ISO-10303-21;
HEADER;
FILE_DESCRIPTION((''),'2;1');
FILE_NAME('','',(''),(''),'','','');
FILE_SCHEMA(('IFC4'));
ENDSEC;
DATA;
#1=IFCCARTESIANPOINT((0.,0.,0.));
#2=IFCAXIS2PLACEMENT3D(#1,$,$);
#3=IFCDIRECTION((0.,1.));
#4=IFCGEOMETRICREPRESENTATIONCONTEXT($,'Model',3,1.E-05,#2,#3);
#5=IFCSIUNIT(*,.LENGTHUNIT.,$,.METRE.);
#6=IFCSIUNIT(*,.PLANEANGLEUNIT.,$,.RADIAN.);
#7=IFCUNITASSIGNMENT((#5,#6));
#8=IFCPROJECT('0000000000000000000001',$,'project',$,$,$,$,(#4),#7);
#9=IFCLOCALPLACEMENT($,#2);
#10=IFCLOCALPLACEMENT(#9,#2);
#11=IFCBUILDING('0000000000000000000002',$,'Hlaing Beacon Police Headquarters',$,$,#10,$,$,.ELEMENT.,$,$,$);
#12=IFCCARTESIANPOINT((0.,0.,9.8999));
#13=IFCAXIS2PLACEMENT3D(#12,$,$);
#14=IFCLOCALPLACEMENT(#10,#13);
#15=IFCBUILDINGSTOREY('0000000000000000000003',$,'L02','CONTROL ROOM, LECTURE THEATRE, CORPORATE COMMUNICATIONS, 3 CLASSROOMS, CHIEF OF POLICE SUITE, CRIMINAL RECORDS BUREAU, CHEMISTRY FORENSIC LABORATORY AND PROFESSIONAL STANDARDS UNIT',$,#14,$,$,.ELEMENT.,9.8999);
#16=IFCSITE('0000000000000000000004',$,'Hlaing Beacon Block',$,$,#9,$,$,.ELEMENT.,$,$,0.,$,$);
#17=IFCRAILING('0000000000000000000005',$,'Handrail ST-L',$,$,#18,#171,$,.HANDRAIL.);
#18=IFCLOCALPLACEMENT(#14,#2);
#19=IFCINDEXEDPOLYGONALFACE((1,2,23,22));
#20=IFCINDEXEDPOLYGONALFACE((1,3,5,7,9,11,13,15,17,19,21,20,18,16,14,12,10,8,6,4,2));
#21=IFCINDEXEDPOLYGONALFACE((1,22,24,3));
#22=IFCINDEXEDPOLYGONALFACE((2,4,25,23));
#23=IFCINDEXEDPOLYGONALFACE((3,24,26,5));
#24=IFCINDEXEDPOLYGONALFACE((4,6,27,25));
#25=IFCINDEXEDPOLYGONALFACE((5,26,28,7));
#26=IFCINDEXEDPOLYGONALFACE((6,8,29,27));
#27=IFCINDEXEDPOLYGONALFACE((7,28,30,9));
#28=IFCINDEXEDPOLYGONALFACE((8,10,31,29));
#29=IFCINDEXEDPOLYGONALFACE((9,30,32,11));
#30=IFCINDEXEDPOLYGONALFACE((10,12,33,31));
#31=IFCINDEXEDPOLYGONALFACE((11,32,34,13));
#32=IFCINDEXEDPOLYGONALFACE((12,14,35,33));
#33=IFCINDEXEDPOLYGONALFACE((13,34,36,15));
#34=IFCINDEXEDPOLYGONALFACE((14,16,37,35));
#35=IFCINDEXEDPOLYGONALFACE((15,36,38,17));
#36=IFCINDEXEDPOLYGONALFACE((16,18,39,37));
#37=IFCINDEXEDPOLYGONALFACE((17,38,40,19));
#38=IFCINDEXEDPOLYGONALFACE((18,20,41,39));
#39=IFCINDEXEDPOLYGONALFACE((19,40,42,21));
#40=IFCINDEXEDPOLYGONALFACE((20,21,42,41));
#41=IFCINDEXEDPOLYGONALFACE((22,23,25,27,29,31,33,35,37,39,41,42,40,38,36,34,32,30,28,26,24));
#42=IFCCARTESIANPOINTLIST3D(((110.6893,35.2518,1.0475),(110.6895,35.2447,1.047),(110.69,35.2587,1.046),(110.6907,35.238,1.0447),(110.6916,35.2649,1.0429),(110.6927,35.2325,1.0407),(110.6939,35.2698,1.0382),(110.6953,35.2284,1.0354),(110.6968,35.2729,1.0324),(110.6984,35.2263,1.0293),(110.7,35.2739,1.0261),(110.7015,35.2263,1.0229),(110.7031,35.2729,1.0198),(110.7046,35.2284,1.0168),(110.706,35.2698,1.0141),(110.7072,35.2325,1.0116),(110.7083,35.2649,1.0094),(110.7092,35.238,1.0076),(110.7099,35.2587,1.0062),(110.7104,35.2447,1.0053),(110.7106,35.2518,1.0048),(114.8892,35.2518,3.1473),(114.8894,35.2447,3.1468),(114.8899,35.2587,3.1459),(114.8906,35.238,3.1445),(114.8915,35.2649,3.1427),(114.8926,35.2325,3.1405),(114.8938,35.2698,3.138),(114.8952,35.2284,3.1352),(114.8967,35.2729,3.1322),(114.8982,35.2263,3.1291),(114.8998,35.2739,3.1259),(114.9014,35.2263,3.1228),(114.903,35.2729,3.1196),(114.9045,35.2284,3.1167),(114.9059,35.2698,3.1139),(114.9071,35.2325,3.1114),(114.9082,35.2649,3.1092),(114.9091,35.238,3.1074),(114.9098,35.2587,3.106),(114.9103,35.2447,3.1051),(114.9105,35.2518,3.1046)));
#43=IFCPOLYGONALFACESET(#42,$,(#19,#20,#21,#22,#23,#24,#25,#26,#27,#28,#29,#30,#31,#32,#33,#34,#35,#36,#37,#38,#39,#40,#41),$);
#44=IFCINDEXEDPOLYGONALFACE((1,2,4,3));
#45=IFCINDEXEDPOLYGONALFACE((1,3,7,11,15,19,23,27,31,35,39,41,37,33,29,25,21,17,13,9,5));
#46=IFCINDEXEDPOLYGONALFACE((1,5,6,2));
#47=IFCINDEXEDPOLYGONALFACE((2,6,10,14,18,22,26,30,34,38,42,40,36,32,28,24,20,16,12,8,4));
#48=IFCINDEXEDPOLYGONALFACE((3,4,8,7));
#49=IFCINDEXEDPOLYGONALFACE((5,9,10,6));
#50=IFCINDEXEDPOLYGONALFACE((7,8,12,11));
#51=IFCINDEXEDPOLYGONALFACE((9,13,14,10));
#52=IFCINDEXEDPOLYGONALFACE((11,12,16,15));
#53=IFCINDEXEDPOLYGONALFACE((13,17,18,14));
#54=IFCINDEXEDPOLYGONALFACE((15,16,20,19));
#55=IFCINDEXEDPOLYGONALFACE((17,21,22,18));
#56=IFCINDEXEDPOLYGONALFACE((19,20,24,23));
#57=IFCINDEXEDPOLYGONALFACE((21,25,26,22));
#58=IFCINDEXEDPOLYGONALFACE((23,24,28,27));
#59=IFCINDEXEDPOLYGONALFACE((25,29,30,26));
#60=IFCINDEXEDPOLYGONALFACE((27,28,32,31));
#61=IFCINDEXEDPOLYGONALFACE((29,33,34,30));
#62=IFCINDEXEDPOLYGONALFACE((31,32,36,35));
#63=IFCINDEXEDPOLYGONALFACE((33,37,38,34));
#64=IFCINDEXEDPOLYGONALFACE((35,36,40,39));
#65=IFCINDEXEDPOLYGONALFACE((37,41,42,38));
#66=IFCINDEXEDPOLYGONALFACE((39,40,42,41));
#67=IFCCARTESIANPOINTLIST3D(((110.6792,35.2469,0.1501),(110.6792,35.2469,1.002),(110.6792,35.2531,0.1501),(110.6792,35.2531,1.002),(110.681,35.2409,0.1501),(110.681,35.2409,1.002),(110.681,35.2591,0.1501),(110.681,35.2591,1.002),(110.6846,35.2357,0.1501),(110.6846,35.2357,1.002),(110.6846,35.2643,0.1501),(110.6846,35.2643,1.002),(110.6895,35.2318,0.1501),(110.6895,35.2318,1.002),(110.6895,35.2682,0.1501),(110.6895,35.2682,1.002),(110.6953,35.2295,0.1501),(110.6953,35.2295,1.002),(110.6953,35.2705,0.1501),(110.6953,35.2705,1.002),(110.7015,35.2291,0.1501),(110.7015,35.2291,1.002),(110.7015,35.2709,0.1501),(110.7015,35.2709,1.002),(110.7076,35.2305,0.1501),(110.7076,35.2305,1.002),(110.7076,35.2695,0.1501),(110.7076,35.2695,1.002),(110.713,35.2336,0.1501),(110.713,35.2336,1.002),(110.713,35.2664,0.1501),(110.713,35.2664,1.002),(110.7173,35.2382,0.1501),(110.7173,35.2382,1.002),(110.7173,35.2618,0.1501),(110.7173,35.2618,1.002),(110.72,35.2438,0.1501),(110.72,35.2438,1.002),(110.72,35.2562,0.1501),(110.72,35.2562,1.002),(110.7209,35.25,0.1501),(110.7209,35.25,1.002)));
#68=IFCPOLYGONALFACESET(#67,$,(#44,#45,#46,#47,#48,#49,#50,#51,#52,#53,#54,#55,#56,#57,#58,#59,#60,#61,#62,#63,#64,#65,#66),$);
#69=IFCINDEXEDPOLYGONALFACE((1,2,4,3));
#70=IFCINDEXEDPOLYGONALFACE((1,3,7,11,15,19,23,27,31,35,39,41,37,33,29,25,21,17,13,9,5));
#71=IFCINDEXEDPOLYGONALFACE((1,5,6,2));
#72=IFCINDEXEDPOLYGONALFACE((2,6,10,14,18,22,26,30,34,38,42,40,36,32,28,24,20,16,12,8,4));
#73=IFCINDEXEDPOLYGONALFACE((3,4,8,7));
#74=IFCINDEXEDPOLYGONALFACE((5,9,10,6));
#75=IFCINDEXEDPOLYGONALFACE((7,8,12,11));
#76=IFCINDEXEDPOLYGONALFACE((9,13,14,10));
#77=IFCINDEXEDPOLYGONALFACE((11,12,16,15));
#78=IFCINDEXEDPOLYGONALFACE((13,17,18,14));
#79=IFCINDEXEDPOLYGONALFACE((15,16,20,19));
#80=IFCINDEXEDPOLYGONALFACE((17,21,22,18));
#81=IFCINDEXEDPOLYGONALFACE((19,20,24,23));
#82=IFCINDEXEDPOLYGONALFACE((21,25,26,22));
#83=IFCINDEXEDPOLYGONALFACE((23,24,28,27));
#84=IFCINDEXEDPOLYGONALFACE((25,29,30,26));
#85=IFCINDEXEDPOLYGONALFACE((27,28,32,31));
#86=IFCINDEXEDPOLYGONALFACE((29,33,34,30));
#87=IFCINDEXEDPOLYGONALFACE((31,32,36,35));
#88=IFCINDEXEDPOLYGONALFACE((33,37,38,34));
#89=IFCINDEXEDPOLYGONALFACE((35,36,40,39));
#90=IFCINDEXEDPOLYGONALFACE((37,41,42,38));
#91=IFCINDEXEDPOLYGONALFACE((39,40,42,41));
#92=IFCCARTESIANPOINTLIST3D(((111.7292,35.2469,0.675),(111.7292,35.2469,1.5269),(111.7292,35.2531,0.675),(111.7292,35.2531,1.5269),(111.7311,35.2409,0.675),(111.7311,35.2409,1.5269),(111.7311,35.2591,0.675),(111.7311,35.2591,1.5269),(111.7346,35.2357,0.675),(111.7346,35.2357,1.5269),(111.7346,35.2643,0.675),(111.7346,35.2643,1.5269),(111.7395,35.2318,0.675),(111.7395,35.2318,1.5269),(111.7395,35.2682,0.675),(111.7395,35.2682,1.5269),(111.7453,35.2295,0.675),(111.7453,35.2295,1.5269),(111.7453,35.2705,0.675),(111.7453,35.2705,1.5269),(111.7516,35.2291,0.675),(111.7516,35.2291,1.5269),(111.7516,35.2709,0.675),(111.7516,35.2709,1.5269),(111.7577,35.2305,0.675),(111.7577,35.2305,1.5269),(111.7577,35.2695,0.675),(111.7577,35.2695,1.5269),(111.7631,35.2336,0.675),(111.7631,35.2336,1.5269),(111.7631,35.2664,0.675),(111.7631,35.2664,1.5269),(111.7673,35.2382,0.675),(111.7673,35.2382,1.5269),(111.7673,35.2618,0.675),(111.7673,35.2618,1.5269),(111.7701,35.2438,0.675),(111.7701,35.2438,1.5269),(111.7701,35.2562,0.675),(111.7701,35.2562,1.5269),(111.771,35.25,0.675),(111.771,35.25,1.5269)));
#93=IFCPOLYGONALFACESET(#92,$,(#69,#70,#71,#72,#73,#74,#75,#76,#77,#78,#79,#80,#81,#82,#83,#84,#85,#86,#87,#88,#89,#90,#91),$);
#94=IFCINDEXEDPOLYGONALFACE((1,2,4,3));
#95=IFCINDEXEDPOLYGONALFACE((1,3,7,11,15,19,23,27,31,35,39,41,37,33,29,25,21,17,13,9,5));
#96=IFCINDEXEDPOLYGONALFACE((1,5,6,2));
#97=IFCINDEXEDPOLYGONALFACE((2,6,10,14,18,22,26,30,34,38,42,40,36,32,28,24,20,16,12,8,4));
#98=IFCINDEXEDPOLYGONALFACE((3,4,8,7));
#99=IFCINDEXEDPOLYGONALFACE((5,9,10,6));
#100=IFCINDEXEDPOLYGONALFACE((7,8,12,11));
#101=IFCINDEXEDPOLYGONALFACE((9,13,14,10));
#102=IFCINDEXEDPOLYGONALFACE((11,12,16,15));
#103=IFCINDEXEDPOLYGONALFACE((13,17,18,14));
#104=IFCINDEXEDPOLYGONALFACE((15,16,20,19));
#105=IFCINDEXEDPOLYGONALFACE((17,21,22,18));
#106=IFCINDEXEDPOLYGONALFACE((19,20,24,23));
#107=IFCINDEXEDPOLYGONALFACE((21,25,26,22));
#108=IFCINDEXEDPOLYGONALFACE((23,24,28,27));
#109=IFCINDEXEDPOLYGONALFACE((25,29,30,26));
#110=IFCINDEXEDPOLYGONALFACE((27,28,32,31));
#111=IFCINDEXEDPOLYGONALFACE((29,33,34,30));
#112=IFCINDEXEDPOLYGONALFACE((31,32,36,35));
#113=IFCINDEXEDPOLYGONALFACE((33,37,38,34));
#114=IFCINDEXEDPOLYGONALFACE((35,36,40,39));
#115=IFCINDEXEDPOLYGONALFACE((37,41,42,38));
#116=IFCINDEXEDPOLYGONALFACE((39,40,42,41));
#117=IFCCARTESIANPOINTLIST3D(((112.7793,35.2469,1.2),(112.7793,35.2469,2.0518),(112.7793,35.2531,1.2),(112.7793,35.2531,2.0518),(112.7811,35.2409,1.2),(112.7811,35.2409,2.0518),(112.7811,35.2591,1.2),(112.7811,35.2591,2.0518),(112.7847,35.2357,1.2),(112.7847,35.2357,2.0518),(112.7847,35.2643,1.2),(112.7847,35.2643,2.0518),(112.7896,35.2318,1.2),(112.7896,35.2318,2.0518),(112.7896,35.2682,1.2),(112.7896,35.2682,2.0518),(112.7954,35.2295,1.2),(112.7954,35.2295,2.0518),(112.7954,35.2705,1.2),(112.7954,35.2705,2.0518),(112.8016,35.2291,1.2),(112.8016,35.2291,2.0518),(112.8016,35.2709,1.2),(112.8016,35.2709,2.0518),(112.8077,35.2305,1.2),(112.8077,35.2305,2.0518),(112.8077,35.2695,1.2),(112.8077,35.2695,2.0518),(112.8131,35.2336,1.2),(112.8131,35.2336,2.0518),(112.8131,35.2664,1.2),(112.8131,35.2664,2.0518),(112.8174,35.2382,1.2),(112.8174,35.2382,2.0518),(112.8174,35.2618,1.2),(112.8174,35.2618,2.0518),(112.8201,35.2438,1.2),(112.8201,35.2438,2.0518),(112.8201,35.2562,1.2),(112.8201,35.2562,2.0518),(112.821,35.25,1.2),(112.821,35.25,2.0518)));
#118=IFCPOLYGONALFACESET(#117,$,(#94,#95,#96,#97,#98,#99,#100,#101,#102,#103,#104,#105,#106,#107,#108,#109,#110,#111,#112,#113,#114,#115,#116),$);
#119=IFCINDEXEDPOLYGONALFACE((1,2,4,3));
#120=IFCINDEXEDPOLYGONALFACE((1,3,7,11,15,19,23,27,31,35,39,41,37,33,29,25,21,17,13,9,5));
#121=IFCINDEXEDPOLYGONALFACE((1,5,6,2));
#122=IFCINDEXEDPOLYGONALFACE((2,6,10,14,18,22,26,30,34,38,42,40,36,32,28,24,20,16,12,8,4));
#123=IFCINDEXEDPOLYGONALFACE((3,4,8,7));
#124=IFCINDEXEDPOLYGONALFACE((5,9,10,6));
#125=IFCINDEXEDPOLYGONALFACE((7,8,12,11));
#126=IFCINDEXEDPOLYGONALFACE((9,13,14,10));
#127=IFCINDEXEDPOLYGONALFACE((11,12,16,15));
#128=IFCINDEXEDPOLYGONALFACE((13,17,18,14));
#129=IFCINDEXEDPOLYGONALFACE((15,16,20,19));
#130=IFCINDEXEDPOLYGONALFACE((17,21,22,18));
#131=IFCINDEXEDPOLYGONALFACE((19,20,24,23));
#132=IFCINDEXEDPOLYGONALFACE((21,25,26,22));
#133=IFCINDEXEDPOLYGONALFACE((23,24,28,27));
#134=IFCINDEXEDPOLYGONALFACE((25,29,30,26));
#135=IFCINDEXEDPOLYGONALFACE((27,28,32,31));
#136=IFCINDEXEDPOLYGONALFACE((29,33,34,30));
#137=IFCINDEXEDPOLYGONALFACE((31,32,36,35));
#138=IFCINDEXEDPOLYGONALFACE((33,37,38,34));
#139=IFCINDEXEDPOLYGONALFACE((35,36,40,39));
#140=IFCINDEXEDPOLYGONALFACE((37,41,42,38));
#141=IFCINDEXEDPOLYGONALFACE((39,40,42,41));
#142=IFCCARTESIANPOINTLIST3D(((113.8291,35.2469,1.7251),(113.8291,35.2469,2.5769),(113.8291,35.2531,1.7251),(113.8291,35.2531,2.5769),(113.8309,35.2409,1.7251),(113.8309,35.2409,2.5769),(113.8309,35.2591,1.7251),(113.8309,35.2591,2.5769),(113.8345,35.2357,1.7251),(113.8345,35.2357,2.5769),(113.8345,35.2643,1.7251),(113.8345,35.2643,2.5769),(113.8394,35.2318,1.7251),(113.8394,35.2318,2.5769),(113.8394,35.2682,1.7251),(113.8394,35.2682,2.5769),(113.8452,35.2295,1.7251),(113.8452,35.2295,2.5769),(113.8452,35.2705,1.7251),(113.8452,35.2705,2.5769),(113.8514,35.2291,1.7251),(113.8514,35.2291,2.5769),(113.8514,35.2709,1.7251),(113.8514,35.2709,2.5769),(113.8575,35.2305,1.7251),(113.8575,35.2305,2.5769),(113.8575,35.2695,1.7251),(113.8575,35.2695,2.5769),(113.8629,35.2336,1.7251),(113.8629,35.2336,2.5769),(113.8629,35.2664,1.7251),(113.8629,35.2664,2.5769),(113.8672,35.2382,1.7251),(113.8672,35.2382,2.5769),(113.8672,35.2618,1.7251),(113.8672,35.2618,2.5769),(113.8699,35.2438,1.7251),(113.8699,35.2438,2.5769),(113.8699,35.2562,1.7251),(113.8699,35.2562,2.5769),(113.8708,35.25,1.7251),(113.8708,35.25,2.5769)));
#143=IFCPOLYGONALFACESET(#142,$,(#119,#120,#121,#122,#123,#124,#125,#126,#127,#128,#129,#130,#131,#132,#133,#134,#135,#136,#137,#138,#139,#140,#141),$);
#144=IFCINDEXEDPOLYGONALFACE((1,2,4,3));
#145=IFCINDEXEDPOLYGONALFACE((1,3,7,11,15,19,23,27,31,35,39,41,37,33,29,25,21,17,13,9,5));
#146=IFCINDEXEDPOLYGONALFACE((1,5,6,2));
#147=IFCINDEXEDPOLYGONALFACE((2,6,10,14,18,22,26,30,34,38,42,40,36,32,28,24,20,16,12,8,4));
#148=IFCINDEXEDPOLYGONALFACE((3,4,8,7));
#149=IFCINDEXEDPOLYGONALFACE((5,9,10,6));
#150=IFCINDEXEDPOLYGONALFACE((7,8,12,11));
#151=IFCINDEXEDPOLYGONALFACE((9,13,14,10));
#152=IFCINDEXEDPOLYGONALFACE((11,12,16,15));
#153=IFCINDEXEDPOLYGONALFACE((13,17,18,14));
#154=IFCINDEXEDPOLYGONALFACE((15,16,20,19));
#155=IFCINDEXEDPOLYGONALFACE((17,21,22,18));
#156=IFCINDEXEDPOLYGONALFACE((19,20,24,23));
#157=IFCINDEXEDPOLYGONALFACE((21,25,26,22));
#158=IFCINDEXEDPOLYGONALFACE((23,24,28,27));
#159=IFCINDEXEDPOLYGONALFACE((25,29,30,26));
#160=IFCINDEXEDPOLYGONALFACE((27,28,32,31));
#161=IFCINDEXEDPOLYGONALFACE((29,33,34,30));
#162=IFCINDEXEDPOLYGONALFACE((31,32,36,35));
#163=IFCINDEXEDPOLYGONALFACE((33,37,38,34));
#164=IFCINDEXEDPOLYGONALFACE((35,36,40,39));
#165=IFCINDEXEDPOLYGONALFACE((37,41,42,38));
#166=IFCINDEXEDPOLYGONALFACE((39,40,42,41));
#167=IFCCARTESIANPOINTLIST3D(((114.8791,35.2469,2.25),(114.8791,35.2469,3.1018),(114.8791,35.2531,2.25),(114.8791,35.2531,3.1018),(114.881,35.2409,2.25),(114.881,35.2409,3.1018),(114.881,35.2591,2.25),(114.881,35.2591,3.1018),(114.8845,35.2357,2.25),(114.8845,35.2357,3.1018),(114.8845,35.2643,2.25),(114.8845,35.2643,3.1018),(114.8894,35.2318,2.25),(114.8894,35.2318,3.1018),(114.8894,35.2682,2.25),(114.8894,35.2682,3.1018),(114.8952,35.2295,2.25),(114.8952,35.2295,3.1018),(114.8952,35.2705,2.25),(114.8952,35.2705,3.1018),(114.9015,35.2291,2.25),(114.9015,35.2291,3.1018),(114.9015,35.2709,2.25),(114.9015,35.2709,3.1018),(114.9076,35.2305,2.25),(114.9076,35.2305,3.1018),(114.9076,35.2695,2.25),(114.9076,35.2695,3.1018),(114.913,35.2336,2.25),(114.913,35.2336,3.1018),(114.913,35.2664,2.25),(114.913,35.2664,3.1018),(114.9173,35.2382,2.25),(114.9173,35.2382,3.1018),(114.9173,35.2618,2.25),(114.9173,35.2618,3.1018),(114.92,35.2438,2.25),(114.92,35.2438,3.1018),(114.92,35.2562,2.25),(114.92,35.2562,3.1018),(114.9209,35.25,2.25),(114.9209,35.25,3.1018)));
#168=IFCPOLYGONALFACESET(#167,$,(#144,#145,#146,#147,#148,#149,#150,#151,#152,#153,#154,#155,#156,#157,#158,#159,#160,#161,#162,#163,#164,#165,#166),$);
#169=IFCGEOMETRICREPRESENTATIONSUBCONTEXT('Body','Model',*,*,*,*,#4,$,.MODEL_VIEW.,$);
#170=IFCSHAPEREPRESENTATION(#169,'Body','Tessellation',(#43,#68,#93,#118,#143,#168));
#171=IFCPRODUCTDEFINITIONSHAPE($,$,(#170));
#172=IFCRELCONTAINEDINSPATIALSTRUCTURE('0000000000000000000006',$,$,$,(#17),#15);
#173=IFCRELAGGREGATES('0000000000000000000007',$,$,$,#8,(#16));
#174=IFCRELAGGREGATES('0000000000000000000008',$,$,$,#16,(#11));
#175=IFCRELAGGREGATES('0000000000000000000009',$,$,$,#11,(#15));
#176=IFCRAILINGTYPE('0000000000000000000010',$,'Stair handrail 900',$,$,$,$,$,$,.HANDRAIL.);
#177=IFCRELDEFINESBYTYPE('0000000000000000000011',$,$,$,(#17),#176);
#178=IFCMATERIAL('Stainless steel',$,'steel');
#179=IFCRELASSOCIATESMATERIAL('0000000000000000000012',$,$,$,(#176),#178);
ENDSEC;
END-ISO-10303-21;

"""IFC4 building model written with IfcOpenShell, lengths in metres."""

from ifc_helpers import new_model, si_unit, direction, frame, origin, origin_2d, place, context, subcontext, project, spatial, circle, extrude, material, type_object, element, save


model = new_model("IFC4")

# Units and contexts
model_context = context("Model", 3, precision=1e-05, world=origin(), true_north=direction((0.0, 1.0)))
body_context = subcontext(model_context, "Body", "Model", "MODEL_VIEW")
ifc_project = project(units=[si_unit("LENGTHUNIT", "METRE"), si_unit("PLANEANGLEUNIT", "RADIAN")], contexts=[model_context])

# Site, building, storey
site_placement = place(None, origin())
site = spatial("IfcSite", under=ifc_project, at=site_placement, Name="Hlaing Beacon Block", CompositionType="ELEMENT", RefElevation=0.0)
building_placement = place(site_placement, origin())
building = spatial("IfcBuilding", under=site, at=building_placement, Name="Hlaing Beacon Police Headquarters", CompositionType="ELEMENT")
storey_placement = place(building_placement, frame((0.0, 0.0, 9.8999)))
storey = spatial("IfcBuildingStorey", under=building, at=storey_placement, Name="L02", Description="CONTROL ROOM, LECTURE THEATRE, CORPORATE COMMUNICATIONS, 3 CLASSROOMS, CHIEF OF POLICE SUITE, CRIMINAL RECORDS BUREAU, CHEMISTRY FORENSIC LABORATORY AND PROFESSIONAL STANDARDS UNIT", CompositionType="ELEMENT", Elevation=9.8999)

# Railing
ifc_material_1 = material(Name="Stainless steel", Category="steel")
railing_type_1 = type_object("IfcRailingType", Name="Stair handrail 900", PredefinedType="HANDRAIL", material=ifc_material_1)
for number, where, name in (
    (1, (110.7, 35.25, 0.1501), "Handrail ST-L"),
):
    element("IfcRailing", number, at=place(storey_placement, frame(where)), inside=storey, type_object=railing_type_1, Name=name, PredefinedType="HANDRAIL", context=body_context, shape_type="SweptSolid", body=[
        extrude(circle(Radius=0.0239, at=origin_2d()), frame((0.0, 0.0, 0.876), z_axis=(0.894438, 0.0, 0.447193), x_axis=(0.0, 1.0, 0.0)), (0.0, 0.0, 1.0), 4.6956),
        extrude(circle(Radius=0.021, at=origin_2d()), origin(), (0.0, 0.0, 1.0), 0.8518),
        extrude(circle(Radius=0.021, at=origin_2d()), frame((1.05, 0.0, 0.5249)), (0.0, 0.0, 1.0), 0.8518),
        extrude(circle(Radius=0.021, at=origin_2d()), frame((2.1001, 0.0, 1.0498)), (0.0, 0.0, 1.0), 0.8518),
        extrude(circle(Radius=0.021, at=origin_2d()), frame((3.1499, 0.0, 1.575)), (0.0, 0.0, 1.0), 0.8518),
        extrude(circle(Radius=0.021, at=origin_2d()), frame((4.2, 0.0, 2.0999)), (0.0, 0.0, 1.0), 0.8518),
    ])

save(model, "model.ifc")
